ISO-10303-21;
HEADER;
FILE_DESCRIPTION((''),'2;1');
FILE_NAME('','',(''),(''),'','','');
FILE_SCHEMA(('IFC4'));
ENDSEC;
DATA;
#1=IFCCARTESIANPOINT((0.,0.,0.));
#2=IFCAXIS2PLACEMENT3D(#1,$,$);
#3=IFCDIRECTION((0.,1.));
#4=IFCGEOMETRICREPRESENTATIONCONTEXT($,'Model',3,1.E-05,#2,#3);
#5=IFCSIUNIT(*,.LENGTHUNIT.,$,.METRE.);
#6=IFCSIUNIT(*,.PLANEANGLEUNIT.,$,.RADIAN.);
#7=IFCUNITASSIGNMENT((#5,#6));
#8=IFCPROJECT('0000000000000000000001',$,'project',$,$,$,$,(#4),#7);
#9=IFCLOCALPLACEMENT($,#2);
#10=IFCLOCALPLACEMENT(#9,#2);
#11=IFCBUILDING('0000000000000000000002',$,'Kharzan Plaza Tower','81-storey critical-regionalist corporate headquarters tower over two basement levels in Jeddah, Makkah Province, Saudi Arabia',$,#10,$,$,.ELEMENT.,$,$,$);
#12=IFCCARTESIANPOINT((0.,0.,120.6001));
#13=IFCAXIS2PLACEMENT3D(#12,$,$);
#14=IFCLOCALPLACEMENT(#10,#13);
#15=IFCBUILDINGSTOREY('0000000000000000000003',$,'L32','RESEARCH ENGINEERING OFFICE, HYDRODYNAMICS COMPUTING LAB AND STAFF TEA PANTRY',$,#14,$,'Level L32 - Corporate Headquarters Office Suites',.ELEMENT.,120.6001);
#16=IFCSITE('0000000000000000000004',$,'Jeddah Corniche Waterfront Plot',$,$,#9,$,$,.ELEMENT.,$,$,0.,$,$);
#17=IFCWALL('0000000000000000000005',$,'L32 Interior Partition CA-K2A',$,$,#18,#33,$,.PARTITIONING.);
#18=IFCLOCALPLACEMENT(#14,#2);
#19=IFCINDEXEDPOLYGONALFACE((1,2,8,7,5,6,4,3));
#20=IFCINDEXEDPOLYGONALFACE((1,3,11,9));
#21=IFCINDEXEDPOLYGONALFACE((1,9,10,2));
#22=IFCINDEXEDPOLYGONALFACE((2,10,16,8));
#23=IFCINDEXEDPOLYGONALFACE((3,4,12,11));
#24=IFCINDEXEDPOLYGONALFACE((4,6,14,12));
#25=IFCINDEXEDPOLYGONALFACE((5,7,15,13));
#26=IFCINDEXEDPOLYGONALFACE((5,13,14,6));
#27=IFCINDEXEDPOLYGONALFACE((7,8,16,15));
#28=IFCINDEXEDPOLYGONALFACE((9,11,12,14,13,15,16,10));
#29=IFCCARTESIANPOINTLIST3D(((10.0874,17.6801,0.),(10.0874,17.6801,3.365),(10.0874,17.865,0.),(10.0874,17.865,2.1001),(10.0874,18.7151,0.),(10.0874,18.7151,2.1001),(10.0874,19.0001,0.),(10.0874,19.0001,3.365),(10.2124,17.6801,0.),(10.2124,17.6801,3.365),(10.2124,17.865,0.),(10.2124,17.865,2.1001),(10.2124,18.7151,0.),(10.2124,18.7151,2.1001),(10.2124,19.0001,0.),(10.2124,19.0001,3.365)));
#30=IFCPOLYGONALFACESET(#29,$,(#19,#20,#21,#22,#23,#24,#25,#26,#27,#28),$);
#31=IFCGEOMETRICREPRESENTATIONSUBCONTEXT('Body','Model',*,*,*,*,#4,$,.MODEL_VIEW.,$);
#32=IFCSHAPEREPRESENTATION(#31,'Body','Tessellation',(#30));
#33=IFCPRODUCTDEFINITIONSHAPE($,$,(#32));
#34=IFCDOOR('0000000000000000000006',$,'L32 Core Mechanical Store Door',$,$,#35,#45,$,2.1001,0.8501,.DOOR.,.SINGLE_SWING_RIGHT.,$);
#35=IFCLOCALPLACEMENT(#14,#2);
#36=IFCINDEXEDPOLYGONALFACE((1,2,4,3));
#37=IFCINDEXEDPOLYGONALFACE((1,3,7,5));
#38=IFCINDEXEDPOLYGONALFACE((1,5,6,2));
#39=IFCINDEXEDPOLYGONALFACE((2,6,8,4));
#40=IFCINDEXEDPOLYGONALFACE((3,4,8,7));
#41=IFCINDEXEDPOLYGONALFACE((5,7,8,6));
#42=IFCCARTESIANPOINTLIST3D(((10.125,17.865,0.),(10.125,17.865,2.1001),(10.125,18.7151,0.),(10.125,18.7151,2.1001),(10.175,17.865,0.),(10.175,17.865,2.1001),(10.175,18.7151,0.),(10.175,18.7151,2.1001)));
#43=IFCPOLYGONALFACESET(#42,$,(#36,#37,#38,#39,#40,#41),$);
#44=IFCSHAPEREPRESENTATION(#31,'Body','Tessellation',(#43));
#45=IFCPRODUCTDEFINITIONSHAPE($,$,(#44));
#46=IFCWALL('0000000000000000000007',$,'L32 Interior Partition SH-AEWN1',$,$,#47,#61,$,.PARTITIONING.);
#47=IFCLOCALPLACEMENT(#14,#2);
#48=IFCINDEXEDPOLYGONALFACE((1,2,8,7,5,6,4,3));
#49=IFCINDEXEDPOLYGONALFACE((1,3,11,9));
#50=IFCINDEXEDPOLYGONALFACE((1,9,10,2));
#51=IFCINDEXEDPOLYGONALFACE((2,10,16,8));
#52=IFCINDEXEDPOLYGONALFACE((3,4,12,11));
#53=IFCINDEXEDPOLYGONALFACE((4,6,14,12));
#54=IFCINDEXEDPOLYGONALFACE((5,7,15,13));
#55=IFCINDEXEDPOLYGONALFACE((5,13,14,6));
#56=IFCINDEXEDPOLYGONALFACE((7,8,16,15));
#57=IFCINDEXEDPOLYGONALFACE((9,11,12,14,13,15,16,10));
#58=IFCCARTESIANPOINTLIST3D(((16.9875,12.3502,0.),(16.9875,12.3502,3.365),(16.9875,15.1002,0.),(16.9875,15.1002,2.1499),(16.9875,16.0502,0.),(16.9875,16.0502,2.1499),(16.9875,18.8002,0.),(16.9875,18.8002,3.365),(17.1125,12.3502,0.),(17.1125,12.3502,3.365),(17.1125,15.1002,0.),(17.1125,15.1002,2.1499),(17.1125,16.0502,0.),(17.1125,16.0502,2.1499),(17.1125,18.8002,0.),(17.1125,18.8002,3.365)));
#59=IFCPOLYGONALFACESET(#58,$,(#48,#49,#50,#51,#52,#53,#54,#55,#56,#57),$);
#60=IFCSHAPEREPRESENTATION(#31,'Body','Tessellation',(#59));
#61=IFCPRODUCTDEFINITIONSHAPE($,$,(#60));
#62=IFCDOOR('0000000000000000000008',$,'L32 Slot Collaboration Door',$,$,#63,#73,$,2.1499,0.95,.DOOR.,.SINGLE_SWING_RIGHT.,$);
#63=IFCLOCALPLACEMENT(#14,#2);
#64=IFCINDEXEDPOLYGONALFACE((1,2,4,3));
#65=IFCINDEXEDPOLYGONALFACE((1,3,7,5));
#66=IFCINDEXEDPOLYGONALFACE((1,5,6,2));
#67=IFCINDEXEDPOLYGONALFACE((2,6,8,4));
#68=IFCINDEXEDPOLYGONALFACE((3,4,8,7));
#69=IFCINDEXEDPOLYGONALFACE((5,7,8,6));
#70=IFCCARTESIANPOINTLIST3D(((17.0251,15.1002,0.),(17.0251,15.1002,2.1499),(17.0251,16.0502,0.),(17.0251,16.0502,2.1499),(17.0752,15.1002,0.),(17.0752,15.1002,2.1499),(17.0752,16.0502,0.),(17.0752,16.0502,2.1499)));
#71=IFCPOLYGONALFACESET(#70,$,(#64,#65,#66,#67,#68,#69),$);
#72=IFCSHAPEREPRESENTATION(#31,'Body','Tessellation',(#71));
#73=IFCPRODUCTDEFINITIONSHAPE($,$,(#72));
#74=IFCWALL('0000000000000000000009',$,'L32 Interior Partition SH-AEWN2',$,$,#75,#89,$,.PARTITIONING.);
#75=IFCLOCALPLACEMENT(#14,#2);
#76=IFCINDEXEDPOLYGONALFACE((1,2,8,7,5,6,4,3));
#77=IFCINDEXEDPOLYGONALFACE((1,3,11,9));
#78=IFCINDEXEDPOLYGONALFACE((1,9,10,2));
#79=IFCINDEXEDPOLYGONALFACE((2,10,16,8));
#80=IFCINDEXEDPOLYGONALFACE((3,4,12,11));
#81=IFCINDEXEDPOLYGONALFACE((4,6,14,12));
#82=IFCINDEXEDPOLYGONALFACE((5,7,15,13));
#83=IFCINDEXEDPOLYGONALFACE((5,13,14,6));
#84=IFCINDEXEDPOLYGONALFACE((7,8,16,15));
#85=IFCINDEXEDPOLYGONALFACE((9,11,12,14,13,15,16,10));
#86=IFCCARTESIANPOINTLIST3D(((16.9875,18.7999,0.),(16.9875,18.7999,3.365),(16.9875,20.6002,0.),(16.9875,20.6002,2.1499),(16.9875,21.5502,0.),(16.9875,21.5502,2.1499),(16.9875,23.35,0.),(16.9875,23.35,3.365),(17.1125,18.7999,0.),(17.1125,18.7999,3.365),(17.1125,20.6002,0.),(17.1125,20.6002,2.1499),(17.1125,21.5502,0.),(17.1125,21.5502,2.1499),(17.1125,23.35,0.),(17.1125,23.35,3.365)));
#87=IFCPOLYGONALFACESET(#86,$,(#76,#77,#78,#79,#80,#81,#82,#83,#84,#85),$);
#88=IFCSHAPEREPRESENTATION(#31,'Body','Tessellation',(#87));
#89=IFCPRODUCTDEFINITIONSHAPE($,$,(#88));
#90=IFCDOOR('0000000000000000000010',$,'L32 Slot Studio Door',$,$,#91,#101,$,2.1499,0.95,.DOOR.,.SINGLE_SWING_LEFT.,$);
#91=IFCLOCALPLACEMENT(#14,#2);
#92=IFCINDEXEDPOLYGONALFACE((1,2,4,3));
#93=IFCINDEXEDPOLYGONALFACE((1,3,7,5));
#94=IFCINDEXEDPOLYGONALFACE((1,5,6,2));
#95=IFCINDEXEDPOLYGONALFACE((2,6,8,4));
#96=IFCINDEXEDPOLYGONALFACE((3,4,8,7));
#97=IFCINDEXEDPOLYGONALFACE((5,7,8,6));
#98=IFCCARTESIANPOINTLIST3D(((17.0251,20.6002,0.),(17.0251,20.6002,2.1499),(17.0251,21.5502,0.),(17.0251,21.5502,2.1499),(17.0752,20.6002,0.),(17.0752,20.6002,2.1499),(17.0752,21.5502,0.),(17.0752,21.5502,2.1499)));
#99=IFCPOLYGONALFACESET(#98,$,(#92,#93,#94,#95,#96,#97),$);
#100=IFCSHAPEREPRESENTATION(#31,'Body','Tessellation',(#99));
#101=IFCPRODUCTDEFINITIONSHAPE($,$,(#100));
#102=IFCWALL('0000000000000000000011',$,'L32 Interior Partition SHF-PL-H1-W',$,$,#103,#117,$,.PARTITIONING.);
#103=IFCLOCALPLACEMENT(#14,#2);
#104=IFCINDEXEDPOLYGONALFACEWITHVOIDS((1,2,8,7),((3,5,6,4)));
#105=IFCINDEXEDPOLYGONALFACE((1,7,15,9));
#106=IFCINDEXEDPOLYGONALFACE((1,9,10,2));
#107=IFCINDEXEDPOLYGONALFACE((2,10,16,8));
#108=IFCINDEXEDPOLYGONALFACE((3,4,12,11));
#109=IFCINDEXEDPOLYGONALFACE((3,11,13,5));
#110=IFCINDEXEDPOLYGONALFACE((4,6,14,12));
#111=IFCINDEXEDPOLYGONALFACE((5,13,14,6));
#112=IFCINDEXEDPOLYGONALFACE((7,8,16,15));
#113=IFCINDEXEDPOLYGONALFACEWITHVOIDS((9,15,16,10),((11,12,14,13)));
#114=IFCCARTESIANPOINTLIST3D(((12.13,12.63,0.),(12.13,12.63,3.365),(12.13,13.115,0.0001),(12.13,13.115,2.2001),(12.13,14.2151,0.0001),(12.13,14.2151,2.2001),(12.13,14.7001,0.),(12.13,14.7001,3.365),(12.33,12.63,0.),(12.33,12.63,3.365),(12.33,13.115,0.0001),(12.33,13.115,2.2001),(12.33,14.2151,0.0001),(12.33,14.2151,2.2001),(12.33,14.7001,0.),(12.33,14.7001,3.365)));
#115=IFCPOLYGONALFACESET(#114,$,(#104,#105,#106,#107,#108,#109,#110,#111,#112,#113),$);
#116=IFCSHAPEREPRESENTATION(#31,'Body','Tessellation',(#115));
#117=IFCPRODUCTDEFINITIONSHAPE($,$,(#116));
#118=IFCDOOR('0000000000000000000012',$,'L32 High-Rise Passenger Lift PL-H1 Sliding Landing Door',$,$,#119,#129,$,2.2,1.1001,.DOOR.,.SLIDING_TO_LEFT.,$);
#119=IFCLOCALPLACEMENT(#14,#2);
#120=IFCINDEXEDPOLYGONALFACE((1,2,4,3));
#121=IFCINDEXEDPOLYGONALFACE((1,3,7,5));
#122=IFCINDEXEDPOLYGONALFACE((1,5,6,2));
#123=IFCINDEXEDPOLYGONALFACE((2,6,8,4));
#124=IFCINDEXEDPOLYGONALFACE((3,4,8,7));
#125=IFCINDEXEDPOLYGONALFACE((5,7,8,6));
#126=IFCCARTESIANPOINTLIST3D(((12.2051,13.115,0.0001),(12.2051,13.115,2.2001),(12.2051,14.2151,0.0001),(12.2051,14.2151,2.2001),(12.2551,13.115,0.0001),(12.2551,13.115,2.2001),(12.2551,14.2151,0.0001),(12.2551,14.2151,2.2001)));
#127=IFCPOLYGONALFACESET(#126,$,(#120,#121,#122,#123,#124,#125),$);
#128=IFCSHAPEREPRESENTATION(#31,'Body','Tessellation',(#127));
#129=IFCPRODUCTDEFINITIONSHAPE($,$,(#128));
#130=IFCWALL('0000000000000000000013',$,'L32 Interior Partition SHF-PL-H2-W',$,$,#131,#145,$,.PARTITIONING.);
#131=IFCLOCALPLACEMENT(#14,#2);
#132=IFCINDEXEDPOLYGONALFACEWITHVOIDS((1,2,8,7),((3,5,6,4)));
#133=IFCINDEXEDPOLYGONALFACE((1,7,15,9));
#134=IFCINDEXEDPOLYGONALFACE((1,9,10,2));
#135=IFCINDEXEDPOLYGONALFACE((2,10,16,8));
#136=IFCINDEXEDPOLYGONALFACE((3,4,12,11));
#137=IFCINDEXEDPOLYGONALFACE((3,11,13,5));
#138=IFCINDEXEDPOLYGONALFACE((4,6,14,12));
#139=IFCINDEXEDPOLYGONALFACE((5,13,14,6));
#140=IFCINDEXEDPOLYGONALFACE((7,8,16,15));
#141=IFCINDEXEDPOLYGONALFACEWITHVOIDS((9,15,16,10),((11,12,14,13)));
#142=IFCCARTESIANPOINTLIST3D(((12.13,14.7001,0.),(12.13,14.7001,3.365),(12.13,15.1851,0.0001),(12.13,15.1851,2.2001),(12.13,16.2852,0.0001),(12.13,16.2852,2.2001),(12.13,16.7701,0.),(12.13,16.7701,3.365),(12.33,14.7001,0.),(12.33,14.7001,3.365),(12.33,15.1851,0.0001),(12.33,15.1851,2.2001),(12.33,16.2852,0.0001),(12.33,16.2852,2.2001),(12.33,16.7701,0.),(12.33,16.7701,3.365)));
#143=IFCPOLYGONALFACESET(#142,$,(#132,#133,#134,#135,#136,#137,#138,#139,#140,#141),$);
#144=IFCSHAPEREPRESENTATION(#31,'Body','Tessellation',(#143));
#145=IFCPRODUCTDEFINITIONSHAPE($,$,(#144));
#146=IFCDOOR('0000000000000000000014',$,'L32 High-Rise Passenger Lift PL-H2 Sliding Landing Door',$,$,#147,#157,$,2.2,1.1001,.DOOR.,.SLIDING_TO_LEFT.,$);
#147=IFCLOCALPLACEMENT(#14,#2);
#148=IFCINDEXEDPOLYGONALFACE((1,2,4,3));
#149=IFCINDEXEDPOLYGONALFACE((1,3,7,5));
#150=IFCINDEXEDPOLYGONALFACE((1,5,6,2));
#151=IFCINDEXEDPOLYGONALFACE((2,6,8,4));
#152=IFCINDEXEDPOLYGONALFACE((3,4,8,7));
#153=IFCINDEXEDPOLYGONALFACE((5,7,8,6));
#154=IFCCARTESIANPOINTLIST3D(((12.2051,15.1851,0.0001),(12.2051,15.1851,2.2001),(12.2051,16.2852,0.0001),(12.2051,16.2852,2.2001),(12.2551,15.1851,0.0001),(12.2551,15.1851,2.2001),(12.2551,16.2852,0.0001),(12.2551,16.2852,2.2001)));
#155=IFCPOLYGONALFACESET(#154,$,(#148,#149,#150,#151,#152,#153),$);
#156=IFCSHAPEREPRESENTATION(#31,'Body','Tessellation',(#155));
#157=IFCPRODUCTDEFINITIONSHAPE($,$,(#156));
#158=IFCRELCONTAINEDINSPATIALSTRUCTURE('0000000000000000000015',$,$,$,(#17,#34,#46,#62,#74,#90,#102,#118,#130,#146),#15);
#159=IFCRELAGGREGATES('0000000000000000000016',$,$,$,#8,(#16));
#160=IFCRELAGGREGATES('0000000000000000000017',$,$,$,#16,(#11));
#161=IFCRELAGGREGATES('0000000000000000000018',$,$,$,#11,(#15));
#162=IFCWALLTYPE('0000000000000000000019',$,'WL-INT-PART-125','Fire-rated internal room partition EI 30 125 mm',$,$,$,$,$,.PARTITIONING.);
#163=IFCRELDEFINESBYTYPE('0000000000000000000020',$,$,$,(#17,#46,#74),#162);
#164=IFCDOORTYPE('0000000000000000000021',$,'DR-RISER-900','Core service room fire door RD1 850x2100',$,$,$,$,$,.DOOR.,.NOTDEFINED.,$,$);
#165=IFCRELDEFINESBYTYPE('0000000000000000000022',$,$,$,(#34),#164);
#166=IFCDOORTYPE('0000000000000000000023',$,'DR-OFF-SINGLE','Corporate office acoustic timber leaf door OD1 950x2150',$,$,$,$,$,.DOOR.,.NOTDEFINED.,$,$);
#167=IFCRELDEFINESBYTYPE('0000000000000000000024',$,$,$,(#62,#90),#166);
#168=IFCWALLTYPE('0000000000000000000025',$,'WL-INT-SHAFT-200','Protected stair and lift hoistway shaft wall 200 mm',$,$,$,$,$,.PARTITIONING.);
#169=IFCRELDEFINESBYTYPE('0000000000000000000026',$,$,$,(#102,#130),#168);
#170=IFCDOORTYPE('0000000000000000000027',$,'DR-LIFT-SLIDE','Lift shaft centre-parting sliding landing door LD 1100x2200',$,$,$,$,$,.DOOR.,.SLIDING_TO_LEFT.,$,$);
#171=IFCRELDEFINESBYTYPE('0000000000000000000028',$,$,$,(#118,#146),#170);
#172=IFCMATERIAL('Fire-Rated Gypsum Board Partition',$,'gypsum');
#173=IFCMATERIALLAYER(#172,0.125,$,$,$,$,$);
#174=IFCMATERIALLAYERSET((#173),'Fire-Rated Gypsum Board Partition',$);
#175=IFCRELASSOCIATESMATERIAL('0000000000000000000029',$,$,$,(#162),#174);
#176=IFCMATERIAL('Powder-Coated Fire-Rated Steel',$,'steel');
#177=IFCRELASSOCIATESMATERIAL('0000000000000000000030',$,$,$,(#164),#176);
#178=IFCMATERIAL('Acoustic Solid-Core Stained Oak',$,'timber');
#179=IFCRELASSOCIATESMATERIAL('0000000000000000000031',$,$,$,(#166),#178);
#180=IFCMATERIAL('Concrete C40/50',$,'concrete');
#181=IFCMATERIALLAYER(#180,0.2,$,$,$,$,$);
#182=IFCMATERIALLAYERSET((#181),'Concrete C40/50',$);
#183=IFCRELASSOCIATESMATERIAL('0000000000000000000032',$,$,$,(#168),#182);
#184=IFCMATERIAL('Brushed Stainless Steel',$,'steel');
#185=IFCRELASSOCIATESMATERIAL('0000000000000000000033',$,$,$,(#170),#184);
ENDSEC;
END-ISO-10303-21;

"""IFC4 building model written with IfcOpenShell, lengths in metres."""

from ifc_helpers import new_model, si_unit, direction, frame, frame_2d, origin, place, context, subcontext, project, spatial, rectangle, extrude, source, transform, mapped, material, layer, layer_set, type_object, element, fill, save


model = new_model("IFC4")

# Units and contexts
model_context = context("Model", 3, precision=1e-05, world=origin(), true_north=direction((0.0, 1.0)))
body_context = subcontext(model_context, "Body", "Model", "MODEL_VIEW")
ifc_project = project(units=[si_unit("LENGTHUNIT", "METRE"), si_unit("PLANEANGLEUNIT", "RADIAN")], contexts=[model_context])

# Site, building, storey
site_placement = place(None, origin())
site = spatial("IfcSite", under=ifc_project, at=site_placement, Name="Jeddah Corniche Waterfront Plot", CompositionType="ELEMENT", RefElevation=0.0)
building_placement = place(site_placement, origin())
building = spatial("IfcBuilding", under=site, at=building_placement, Name="Kharzan Plaza Tower", Description="81-storey critical-regionalist corporate headquarters tower over two basement levels in Jeddah, Makkah Province, Saudi Arabia", CompositionType="ELEMENT")
storey_placement = place(building_placement, frame((0.0, 0.0, 120.6001)))
storey = spatial("IfcBuildingStorey", under=building, at=storey_placement, Name="L32", Description="RESEARCH ENGINEERING OFFICE, HYDRODYNAMICS COMPUTING LAB AND STAFF TEA PANTRY", LongName="Level L32 - Corporate Headquarters Office Suites", CompositionType="ELEMENT", Elevation=120.6001)

# Walls, openings, doors
ifc_material_1 = material(Name="Fire-Rated Gypsum Board Partition", Category="gypsum")
ifc_layer_1 = layer(ifc_material_1, 0.125)
ifc_layer_set_1 = layer_set([ifc_layer_1], Name="Fire-Rated Gypsum Board Partition")
wall_type_1 = type_object("IfcWallType", Name="WL-INT-PART-125", Description="Fire-rated internal room partition EI 30 125 mm", PredefinedType="PARTITIONING", material=ifc_layer_set_1)
wall_1_placement = place(storey_placement, frame((10.1499, 17.6799, 0.0), z_axis=(0.0, 0.0, 1.0), x_axis=(0.0, 1.0, 0.0)))
wall_1 = element("IfcWall", 1, at=wall_1_placement, inside=storey, type_object=wall_type_1, Name="L32 Interior Partition CA-K2A", PredefinedType="PARTITIONING", context=body_context, shape_type="SweptSolid", body=[
    extrude(rectangle(XDim=1.3201, YDim=0.125, at=frame_2d((0.6602, 0.0))), origin(), (0.0, 0.0, 1.0), 3.365),
])
opening_1_placement = place(wall_1_placement, frame((0.1851, 0.0, 0.0)))
opening_1 = element("IfcOpeningElement", 2, at=opening_1_placement, cuts=wall_1, PredefinedType="OPENING", context=body_context, shape_type="SweptSolid", body=[
    extrude(rectangle(XDim=0.8501, YDim=2.1001, at=frame_2d((0.425, 1.05))), frame((0.0, 0.0725, 0.0), z_axis=(0.0, -1.0, 0.0), x_axis=(1.0, 0.0, 0.0)), (0.0, 0.0, 1.0), 0.145),
])
ifc_material_2 = material(Name="Powder-Coated Fire-Rated Steel", Category="steel")
door_type_1 = type_object("IfcDoorType", Name="DR-RISER-900", Description="Core service room fire door RD1 850x2100", OperationType="NOTDEFINED", PredefinedType="DOOR", material=ifc_material_2)
shared_shape_1 = source(origin(), body_context, "Body", "SweptSolid", [
    extrude(rectangle(XDim=0.8501, YDim=2.1001, at=frame_2d((0.425, 1.05))), frame((0.0, 0.0249, 0.0), z_axis=(0.0, -1.0, 0.0), x_axis=(1.0, 0.0, 0.0)), (0.0, 0.0, 1.0), 0.05),
])
door_1_placement = place(opening_1_placement, origin())
door_1 = element("IfcDoor", 3, at=door_1_placement, inside=storey, type_object=door_type_1, Name="L32 Core Mechanical Store Door", OperationType="SINGLE_SWING_RIGHT", OverallHeight=2.1001, OverallWidth=0.8501, PredefinedType="DOOR", context=body_context, shape_type="MappedRepresentation", body=[
    mapped(shared_shape_1, transform((0.0, 0.0, 0.0), x_axis=(1.0, 0.0, 0.0), y_axis=(0.0, 1.0, 0.0), z_axis=(0.0, 0.0, 1.0))),
])
fill(opening_1, door_1)
wall_2_placement = place(storey_placement, frame((17.05, 12.3501, 0.0), z_axis=(0.0, 0.0, 1.0), x_axis=(0.0, 1.0, 0.0)))
wall_2 = element("IfcWall", 4, at=wall_2_placement, inside=storey, type_object=wall_type_1, Name="L32 Interior Partition SH-AEWN1", PredefinedType="PARTITIONING", context=body_context, shape_type="SweptSolid", body=[
    extrude(rectangle(XDim=6.45, YDim=0.125, at=frame_2d((3.2251, 0.0))), origin(), (0.0, 0.0, 1.0), 3.365),
])
opening_2_placement = place(wall_2_placement, frame((2.75, 0.0, 0.0)))
opening_2 = element("IfcOpeningElement", 5, at=opening_2_placement, cuts=wall_2, PredefinedType="OPENING", context=body_context, shape_type="SweptSolid", body=[
    extrude(rectangle(XDim=0.95, YDim=2.1499, at=frame_2d((0.4751, 1.075))), frame((0.0, 0.0725, 0.0), z_axis=(0.0, -1.0, 0.0), x_axis=(1.0, 0.0, 0.0)), (0.0, 0.0, 1.0), 0.145),
])
ifc_material_3 = material(Name="Acoustic Solid-Core Stained Oak", Category="timber")
door_type_2 = type_object("IfcDoorType", Name="DR-OFF-SINGLE", Description="Corporate office acoustic timber leaf door OD1 950x2150", OperationType="NOTDEFINED", PredefinedType="DOOR", material=ifc_material_3)
shared_shape_2 = source(origin(), body_context, "Body", "SweptSolid", [
    extrude(rectangle(XDim=0.95, YDim=2.1499, at=frame_2d((0.4751, 1.075))), frame((0.0, 0.0249, 0.0), z_axis=(0.0, -1.0, 0.0), x_axis=(1.0, 0.0, 0.0)), (0.0, 0.0, 1.0), 0.05),
])
door_2_placement = place(opening_2_placement, origin())
door_2 = element("IfcDoor", 6, at=door_2_placement, inside=storey, type_object=door_type_2, Name="L32 Slot Collaboration Door", OperationType="SINGLE_SWING_RIGHT", OverallHeight=2.1499, OverallWidth=0.95, PredefinedType="DOOR", context=body_context, shape_type="MappedRepresentation", body=[
    mapped(shared_shape_2, transform((0.0, 0.0, 0.0), x_axis=(1.0, 0.0, 0.0), y_axis=(0.0, 1.0, 0.0), z_axis=(0.0, 0.0, 1.0))),
])
fill(opening_2, door_2)
wall_3_placement = place(storey_placement, frame((17.05, 18.8, 0.0), z_axis=(0.0, 0.0, 1.0), x_axis=(0.0, 1.0, 0.0)))
wall_3 = element("IfcWall", 7, at=wall_3_placement, inside=storey, type_object=wall_type_1, Name="L32 Interior Partition SH-AEWN2", PredefinedType="PARTITIONING", context=body_context, shape_type="SweptSolid", body=[
    extrude(rectangle(XDim=4.55, YDim=0.125, at=frame_2d((2.2749, 0.0))), origin(), (0.0, 0.0, 1.0), 3.365),
])
opening_3_placement = place(wall_3_placement, frame((1.8, 0.0, 0.0)))
opening_3 = element("IfcOpeningElement", 8, at=opening_3_placement, cuts=wall_3, PredefinedType="OPENING", context=body_context, shape_type="SweptSolid", body=[
    extrude(rectangle(XDim=0.95, YDim=2.1499, at=frame_2d((0.4751, 1.075))), frame((0.0, 0.0725, 0.0), z_axis=(0.0, -1.0, 0.0), x_axis=(1.0, 0.0, 0.0)), (0.0, 0.0, 1.0), 0.145),
])
door_3_placement = place(opening_3_placement, origin())
door_3 = element("IfcDoor", 9, at=door_3_placement, inside=storey, type_object=door_type_2, Name="L32 Slot Studio Door", OperationType="SINGLE_SWING_LEFT", OverallHeight=2.1499, OverallWidth=0.95, PredefinedType="DOOR", context=body_context, shape_type="MappedRepresentation", body=[
    mapped(shared_shape_2, transform((0.0, 0.0, 0.0), x_axis=(1.0, 0.0, 0.0), y_axis=(0.0, 1.0, 0.0), z_axis=(0.0, 0.0, 1.0))),
])
fill(opening_3, door_3)
ifc_material_4 = material(Name="Concrete C40/50", Category="concrete")
ifc_layer_2 = layer(ifc_material_4, 0.2)
ifc_layer_set_2 = layer_set([ifc_layer_2], Name="Concrete C40/50")
wall_type_2 = type_object("IfcWallType", Name="WL-INT-SHAFT-200", Description="Protected stair and lift hoistway shaft wall 200 mm", PredefinedType="PARTITIONING", material=ifc_layer_set_2)
wall_4_placement = place(storey_placement, frame((12.23, 12.6299, 0.0), z_axis=(0.0, 0.0, 1.0), x_axis=(0.0, 1.0, 0.0)))
wall_4 = element("IfcWall", 10, at=wall_4_placement, inside=storey, type_object=wall_type_2, Name="L32 Interior Partition SHF-PL-H1-W", PredefinedType="PARTITIONING", context=body_context, shape_type="SweptSolid", body=[
    extrude(rectangle(XDim=2.0701, YDim=0.2, at=frame_2d((1.0352, 0.0))), origin(), (0.0, 0.0, 1.0), 3.365),
])
opening_4_placement = place(wall_4_placement, frame((0.4851, 0.0, 0.0)))
opening_4 = element("IfcOpeningElement", 11, at=opening_4_placement, cuts=wall_4, PredefinedType="OPENING", context=body_context, shape_type="SweptSolid", body=[
    extrude(rectangle(XDim=1.1001, YDim=2.2, at=frame_2d((0.55, 1.1001))), frame((0.0, 0.1099, 0.0), z_axis=(0.0, -1.0, 0.0), x_axis=(1.0, 0.0, 0.0)), (0.0, 0.0, 1.0), 0.22),
])
ifc_material_5 = material(Name="Brushed Stainless Steel", Category="steel")
door_type_3 = type_object("IfcDoorType", Name="DR-LIFT-SLIDE", Description="Lift shaft centre-parting sliding landing door LD 1100x2200", OperationType="SLIDING_TO_LEFT", PredefinedType="DOOR", material=ifc_material_5)
shared_shape_3 = source(origin(), body_context, "Body", "SweptSolid", [
    extrude(rectangle(XDim=1.1001, YDim=2.2, at=frame_2d((0.55, 1.1001))), frame((0.0, 0.0249, 0.0), z_axis=(0.0, -1.0, 0.0), x_axis=(1.0, 0.0, 0.0)), (0.0, 0.0, 1.0), 0.05),
])
door_4_placement = place(opening_4_placement, origin())
door_4 = element("IfcDoor", 12, at=door_4_placement, inside=storey, type_object=door_type_3, Name="L32 High-Rise Passenger Lift PL-H1 Sliding Landing Door", OperationType="SLIDING_TO_LEFT", OverallHeight=2.2, OverallWidth=1.1001, PredefinedType="DOOR", context=body_context, shape_type="MappedRepresentation", body=[
    mapped(shared_shape_3, transform((0.0, 0.0, 0.0), x_axis=(1.0, 0.0, 0.0), y_axis=(0.0, 1.0, 0.0), z_axis=(0.0, 0.0, 1.0))),
])
fill(opening_4, door_4)
wall_5_placement = place(storey_placement, frame((12.23, 14.7, 0.0), z_axis=(0.0, 0.0, 1.0), x_axis=(0.0, 1.0, 0.0)))
wall_5 = element("IfcWall", 13, at=wall_5_placement, inside=storey, type_object=wall_type_2, Name="L32 Interior Partition SHF-PL-H2-W", PredefinedType="PARTITIONING", context=body_context, shape_type="SweptSolid", body=[
    extrude(rectangle(XDim=2.0701, YDim=0.2, at=frame_2d((1.0352, 0.0))), origin(), (0.0, 0.0, 1.0), 3.365),
])
opening_5_placement = place(wall_5_placement, frame((0.4851, 0.0, 0.0)))
opening_5 = element("IfcOpeningElement", 14, at=opening_5_placement, cuts=wall_5, PredefinedType="OPENING", context=body_context, shape_type="SweptSolid", body=[
    extrude(rectangle(XDim=1.1001, YDim=2.2, at=frame_2d((0.55, 1.1001))), frame((0.0, 0.1099, 0.0), z_axis=(0.0, -1.0, 0.0), x_axis=(1.0, 0.0, 0.0)), (0.0, 0.0, 1.0), 0.22),
])
door_5_placement = place(opening_5_placement, origin())
door_5 = element("IfcDoor", 15, at=door_5_placement, inside=storey, type_object=door_type_3, Name="L32 High-Rise Passenger Lift PL-H2 Sliding Landing Door", OperationType="SLIDING_TO_LEFT", OverallHeight=2.2, OverallWidth=1.1001, PredefinedType="DOOR", context=body_context, shape_type="MappedRepresentation", body=[
    mapped(shared_shape_3, transform((0.0, 0.0, 0.0), x_axis=(1.0, 0.0, 0.0), y_axis=(0.0, 1.0, 0.0), z_axis=(0.0, 0.0, 1.0))),
])
fill(opening_5, door_5)

save(model, "model.ifc")
